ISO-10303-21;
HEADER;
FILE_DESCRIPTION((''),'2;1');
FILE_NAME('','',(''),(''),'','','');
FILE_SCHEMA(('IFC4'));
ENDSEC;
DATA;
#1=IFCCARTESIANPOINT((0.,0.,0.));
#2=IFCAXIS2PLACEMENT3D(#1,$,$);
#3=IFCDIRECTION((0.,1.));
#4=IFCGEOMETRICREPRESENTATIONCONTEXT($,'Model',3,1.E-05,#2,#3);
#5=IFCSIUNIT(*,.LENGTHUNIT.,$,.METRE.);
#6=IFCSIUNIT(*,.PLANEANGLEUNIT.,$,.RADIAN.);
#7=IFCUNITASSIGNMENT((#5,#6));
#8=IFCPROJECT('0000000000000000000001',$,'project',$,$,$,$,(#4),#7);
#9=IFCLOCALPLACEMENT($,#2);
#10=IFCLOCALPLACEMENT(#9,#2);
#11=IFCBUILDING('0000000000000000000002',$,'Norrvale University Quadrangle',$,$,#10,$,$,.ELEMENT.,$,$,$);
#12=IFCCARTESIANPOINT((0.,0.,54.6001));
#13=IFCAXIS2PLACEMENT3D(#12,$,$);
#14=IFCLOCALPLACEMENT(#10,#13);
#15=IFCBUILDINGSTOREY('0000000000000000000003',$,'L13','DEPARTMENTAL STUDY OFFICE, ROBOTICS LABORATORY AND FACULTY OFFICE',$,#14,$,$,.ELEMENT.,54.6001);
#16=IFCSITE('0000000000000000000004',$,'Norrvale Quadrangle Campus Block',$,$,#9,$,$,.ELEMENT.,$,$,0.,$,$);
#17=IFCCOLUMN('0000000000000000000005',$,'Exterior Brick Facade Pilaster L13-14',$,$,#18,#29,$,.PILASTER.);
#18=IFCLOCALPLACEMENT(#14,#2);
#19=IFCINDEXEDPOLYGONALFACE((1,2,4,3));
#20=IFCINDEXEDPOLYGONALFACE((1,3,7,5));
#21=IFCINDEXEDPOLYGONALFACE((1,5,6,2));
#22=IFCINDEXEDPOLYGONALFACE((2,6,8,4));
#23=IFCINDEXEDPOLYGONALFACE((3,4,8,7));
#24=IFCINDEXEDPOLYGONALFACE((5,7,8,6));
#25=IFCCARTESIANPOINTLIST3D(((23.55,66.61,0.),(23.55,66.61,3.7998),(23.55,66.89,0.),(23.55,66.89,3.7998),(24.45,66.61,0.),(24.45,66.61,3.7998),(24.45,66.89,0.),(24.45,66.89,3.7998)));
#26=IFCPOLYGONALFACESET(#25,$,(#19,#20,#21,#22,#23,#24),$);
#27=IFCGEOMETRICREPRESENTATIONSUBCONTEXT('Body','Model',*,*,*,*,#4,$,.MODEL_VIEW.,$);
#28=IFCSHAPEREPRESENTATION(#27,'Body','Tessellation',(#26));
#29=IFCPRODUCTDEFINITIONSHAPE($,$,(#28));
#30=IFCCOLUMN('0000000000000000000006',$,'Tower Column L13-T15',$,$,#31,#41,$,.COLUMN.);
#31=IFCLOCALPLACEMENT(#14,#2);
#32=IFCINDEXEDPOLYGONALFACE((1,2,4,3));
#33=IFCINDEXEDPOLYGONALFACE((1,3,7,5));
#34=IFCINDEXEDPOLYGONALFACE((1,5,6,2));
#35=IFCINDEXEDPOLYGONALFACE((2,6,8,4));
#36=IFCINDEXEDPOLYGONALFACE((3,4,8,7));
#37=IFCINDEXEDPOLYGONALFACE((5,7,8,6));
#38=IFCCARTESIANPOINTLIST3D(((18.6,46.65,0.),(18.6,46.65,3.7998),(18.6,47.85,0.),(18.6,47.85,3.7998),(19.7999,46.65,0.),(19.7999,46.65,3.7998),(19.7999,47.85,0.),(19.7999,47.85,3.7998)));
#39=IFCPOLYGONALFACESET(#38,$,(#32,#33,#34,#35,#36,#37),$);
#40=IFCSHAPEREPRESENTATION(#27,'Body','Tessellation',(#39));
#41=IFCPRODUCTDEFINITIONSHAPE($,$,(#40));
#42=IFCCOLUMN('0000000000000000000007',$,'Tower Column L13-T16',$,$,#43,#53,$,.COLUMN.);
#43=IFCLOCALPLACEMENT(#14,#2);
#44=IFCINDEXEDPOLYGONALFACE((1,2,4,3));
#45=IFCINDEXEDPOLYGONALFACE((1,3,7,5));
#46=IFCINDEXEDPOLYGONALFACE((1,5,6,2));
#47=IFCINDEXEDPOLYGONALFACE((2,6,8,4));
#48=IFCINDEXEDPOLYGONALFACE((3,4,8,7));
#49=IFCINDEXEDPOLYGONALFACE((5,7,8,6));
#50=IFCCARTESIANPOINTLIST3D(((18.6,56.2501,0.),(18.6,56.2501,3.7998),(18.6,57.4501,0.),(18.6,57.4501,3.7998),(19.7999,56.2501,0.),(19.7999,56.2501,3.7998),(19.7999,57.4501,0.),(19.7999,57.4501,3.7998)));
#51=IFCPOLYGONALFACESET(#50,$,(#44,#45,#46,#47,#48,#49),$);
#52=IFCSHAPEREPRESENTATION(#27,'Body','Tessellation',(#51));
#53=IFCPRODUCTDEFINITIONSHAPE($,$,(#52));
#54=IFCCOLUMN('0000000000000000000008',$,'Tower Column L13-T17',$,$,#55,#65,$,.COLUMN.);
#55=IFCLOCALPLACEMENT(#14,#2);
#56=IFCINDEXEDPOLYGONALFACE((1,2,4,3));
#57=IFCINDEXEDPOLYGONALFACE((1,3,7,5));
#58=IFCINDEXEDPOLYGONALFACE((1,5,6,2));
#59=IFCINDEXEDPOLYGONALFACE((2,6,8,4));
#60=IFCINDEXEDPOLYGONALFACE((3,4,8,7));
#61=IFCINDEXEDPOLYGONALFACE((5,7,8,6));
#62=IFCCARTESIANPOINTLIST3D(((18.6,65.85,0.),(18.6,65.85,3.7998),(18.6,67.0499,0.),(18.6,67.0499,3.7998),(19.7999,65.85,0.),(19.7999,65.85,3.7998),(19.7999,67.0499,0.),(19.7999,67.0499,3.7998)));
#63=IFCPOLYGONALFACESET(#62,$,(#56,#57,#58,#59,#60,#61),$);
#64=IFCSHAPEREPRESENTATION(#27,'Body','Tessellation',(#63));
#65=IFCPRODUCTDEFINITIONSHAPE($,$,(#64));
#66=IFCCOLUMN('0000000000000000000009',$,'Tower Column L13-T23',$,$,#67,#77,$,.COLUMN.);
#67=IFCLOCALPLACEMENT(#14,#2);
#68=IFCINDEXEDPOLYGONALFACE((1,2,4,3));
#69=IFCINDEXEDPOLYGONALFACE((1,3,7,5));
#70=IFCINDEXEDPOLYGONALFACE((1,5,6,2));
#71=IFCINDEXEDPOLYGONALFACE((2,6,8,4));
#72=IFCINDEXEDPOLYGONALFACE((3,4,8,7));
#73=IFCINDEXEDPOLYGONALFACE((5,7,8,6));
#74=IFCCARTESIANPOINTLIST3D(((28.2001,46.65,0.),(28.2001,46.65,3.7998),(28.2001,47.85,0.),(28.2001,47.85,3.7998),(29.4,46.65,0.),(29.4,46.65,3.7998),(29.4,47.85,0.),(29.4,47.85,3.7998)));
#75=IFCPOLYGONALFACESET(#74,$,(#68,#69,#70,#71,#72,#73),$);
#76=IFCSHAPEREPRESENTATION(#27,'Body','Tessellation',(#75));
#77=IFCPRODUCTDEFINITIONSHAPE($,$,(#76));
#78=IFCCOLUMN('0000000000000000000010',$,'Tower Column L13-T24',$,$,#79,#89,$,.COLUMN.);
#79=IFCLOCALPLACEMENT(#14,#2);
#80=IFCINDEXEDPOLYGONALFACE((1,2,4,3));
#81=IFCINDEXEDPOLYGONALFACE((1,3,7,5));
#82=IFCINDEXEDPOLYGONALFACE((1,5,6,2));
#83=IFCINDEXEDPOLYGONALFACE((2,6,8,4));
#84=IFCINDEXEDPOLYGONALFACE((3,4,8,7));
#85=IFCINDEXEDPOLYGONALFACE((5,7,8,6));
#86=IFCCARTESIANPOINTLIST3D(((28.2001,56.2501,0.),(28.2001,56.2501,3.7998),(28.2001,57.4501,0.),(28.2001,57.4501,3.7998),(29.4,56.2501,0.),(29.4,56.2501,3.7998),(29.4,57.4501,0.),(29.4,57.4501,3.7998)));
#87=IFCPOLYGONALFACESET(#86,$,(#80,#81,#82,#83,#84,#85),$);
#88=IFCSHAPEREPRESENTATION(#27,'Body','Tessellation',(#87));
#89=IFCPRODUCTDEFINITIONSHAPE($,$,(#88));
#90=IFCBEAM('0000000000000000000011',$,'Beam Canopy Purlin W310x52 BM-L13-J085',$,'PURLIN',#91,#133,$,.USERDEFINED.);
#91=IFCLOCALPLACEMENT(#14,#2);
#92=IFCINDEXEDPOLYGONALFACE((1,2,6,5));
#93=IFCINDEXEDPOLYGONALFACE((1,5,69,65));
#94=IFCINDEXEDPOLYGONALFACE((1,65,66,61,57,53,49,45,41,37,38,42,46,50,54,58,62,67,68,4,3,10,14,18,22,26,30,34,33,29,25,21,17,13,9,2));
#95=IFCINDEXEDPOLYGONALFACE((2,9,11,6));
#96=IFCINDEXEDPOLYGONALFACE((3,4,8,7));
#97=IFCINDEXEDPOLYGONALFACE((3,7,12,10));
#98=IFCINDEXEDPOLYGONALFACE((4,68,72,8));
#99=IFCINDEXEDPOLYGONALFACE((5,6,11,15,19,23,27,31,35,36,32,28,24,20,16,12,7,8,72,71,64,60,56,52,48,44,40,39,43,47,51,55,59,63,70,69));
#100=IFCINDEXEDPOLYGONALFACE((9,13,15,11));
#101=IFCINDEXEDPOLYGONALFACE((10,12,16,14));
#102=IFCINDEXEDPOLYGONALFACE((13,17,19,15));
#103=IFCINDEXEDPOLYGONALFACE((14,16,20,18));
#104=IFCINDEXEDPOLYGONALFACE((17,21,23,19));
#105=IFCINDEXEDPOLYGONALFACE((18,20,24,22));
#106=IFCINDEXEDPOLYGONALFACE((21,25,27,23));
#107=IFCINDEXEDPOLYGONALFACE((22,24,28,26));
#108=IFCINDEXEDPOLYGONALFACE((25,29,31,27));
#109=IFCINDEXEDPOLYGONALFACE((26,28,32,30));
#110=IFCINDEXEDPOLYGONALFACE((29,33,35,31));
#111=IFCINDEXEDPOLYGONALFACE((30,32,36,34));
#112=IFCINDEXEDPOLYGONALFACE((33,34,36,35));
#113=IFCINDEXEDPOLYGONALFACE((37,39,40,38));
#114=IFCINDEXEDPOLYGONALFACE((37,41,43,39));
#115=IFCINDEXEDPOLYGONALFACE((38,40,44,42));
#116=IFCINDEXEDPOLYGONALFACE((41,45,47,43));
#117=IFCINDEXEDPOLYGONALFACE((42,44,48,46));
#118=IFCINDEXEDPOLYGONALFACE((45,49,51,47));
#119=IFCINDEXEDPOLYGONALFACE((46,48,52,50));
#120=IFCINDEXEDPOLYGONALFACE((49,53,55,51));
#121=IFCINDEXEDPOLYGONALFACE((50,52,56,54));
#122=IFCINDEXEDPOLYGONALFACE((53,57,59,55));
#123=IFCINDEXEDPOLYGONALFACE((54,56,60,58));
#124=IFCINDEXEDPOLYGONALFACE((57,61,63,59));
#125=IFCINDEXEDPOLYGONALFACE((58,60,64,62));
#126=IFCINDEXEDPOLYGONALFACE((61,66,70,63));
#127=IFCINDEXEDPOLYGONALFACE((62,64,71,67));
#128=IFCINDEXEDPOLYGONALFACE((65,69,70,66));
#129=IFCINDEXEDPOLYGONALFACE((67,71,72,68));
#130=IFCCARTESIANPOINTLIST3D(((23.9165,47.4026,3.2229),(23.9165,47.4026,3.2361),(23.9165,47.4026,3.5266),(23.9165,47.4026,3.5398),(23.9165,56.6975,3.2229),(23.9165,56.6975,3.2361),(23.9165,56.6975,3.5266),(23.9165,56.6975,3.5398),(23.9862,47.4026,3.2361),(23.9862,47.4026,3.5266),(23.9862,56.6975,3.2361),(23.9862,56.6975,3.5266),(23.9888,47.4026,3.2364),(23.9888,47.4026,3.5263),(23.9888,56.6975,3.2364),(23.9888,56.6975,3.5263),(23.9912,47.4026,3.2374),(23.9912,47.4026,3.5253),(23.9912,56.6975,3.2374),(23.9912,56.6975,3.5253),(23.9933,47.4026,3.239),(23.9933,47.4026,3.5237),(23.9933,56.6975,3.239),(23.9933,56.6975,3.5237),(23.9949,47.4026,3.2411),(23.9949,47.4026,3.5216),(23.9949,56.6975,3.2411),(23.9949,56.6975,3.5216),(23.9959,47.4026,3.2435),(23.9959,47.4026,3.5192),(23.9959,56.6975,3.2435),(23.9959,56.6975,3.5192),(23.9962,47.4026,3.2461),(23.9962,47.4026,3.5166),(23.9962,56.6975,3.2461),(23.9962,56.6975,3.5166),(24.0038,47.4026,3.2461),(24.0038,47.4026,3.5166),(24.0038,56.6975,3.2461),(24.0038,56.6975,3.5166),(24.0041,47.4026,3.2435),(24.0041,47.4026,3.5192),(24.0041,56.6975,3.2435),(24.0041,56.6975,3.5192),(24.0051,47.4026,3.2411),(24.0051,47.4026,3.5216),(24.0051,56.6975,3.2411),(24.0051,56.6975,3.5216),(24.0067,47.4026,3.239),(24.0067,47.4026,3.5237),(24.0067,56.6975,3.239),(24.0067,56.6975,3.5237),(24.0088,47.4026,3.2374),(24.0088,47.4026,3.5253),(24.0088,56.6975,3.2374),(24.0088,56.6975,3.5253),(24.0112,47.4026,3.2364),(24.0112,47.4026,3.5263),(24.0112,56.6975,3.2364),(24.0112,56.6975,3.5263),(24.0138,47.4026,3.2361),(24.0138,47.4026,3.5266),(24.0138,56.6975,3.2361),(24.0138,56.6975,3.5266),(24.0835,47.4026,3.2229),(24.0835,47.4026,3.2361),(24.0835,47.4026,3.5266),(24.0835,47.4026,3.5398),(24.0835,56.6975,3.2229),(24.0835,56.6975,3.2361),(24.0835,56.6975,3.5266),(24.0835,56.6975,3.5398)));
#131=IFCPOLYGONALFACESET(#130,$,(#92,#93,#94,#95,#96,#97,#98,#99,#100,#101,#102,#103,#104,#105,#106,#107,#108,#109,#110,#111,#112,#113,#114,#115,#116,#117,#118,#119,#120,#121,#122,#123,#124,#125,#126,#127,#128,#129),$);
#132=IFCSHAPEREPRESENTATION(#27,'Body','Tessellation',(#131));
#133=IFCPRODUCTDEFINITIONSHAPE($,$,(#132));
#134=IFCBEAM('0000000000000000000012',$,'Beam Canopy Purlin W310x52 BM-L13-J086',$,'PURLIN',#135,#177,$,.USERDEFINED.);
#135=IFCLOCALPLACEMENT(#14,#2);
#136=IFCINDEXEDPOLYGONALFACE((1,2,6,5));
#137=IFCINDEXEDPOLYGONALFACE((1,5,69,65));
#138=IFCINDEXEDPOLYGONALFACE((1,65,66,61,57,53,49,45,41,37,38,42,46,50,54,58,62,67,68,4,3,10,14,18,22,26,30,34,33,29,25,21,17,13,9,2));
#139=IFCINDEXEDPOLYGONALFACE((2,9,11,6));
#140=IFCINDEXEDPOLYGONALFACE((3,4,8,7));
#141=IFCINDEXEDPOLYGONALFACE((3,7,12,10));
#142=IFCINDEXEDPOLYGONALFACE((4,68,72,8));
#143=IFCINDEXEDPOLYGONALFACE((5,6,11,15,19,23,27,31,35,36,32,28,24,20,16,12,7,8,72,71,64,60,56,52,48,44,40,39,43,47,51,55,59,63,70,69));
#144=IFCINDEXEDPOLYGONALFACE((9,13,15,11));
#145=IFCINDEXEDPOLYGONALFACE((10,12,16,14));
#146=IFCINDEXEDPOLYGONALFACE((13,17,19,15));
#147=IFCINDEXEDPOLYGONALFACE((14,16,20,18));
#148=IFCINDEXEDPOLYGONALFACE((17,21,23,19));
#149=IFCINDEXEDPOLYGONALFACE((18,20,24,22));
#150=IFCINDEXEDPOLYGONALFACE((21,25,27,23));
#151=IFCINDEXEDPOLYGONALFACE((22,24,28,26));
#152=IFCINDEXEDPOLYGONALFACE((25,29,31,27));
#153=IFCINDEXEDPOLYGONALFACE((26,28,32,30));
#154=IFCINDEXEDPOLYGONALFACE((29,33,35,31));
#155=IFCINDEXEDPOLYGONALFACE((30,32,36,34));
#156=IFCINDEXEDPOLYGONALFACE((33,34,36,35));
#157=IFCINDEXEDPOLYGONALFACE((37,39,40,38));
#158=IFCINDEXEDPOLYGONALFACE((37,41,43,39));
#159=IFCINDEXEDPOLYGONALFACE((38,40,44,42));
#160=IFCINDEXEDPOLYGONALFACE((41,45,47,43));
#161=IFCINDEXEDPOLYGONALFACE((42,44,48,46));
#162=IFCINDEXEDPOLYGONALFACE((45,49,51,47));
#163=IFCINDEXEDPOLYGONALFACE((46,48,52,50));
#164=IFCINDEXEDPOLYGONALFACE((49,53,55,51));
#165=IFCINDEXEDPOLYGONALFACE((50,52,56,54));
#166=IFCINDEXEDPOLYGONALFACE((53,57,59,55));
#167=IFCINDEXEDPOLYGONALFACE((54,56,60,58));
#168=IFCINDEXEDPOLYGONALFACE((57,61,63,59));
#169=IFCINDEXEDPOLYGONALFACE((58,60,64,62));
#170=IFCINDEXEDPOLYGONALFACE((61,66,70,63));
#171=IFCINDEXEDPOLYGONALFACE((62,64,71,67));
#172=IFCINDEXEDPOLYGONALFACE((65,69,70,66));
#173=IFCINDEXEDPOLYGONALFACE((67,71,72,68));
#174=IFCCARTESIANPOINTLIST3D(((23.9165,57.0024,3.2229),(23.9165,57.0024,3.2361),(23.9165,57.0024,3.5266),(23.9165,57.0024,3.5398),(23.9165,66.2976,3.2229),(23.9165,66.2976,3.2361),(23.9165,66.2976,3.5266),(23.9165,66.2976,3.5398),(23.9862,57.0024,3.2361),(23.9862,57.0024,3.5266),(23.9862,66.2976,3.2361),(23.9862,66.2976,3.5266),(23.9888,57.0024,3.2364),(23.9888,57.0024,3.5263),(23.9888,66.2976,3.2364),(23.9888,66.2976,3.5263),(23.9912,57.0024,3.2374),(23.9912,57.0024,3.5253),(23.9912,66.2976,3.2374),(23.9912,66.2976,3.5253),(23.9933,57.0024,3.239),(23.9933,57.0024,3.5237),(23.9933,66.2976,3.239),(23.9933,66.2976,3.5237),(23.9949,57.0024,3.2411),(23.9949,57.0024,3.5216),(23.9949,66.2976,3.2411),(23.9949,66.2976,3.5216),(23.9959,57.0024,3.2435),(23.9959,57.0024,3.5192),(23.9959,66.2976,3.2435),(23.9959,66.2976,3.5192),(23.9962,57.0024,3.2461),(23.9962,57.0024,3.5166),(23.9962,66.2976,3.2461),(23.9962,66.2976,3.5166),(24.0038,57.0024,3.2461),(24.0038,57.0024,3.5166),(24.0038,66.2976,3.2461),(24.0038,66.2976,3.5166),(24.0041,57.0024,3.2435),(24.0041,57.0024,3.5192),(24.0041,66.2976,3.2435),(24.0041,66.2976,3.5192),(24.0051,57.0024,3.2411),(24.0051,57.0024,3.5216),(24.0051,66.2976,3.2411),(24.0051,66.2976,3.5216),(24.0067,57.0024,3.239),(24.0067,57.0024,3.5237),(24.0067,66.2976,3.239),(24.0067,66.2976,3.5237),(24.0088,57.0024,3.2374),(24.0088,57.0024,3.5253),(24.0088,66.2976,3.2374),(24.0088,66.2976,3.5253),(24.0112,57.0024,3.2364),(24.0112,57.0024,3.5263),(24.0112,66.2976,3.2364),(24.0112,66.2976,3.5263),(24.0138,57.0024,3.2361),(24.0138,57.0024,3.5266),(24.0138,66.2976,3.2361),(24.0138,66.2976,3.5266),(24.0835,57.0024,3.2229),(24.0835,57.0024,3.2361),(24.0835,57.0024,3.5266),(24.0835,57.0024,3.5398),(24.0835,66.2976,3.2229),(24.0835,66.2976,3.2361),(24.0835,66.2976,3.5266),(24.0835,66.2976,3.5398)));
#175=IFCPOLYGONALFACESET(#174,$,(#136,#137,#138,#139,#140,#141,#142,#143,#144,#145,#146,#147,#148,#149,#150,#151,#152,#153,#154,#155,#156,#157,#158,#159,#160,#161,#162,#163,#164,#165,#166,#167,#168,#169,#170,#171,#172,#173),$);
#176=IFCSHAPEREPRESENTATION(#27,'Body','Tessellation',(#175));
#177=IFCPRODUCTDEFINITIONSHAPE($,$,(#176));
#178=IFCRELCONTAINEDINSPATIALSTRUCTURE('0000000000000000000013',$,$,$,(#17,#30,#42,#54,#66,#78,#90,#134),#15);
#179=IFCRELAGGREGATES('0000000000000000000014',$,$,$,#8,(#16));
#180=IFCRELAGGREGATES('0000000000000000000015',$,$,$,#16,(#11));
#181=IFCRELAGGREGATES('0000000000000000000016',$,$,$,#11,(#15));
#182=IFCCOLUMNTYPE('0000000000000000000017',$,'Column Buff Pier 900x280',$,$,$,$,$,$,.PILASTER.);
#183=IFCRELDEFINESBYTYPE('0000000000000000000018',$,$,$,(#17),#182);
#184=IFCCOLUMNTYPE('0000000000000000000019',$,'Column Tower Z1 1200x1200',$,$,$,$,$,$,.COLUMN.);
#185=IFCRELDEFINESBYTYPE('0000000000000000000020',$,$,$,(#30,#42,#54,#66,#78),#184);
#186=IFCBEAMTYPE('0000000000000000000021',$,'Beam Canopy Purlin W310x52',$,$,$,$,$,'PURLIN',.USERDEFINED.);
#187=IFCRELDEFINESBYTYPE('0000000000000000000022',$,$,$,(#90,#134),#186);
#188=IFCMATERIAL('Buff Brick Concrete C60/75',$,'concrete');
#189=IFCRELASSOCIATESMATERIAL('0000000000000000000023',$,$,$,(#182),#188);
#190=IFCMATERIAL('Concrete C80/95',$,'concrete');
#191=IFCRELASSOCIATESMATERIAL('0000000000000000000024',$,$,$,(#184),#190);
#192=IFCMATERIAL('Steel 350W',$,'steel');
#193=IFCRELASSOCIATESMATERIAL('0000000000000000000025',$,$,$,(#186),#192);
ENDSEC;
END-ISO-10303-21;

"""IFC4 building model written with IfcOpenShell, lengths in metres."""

from ifc_helpers import new_model, si_unit, direction, frame, origin, origin_2d, place, context, subcontext, project, spatial, rectangle, i_section, extrude, material, material_profile, profile_set, type_object, element, save


model = new_model("IFC4")

# Units and contexts
model_context = context("Model", 3, precision=1e-05, world=origin(), true_north=direction((0.0, 1.0)))
body_context = subcontext(model_context, "Body", "Model", "MODEL_VIEW")
ifc_project = project(units=[si_unit("LENGTHUNIT", "METRE"), si_unit("PLANEANGLEUNIT", "RADIAN")], contexts=[model_context])

# Site, building, storey
site_placement = place(None, origin())
site = spatial("IfcSite", under=ifc_project, at=site_placement, Name="Norrvale Quadrangle Campus Block", CompositionType="ELEMENT", RefElevation=0.0)
building_placement = place(site_placement, origin())
building = spatial("IfcBuilding", under=site, at=building_placement, Name="Norrvale University Quadrangle", CompositionType="ELEMENT")
storey_placement = place(building_placement, frame((0.0, 0.0, 54.6001)))
storey = spatial("IfcBuildingStorey", under=building, at=storey_placement, Name="L13", Description="DEPARTMENTAL STUDY OFFICE, ROBOTICS LABORATORY AND FACULTY OFFICE", CompositionType="ELEMENT", Elevation=54.6001)

# Columns
ifc_material_1 = material(Name="Buff Brick Concrete C60/75", Category="concrete")
ifc_material_profile_1 = material_profile(ifc_material_1, rectangle(XDim=0.8999, YDim=0.28, at=origin_2d()), Name="Buff Brick Concrete C60/75")
ifc_profile_set_1 = profile_set([ifc_material_profile_1], Name="Buff Brick Concrete C60/75")
column_type_1 = type_object("IfcColumnType", Name="Column Buff Pier 900x280", PredefinedType="PILASTER", material=ifc_profile_set_1)
column_placement = place(storey_placement, frame((24.0, 66.75, 0.0), z_axis=(0.0, 0.0, 1.0), x_axis=(1.0, 0.0, 0.0)))
element("IfcColumn", 1, at=column_placement, inside=storey, type_object=column_type_1, Name="Exterior Brick Facade Pilaster L13-14", PredefinedType="PILASTER", context=body_context, shape_type="SweptSolid", body=[
    extrude(rectangle(XDim=0.8999, YDim=0.28, at=origin_2d()), origin(), (0.0, 0.0, 1.0), 3.7998),
])
ifc_material_2 = material(Name="Concrete C80/95", Category="concrete")
ifc_material_profile_2 = material_profile(ifc_material_2, rectangle(XDim=1.2, YDim=1.2, at=origin_2d()), Name="Concrete C80/95")
ifc_profile_set_2 = profile_set([ifc_material_profile_2], Name="Concrete C80/95")
column_type_2 = type_object("IfcColumnType", Name="Column Tower Z1 1200x1200", PredefinedType="COLUMN", material=ifc_profile_set_2)
for number, where, z_axis, x_axis, name in (
    (2, (19.2, 47.25, 0.0), (0.0, 0.0, 1.0), (1.0, 0.0, 0.0), "Tower Column L13-T15"),
    (3, (19.2, 56.8501, 0.0), (0.0, 0.0, 1.0), (1.0, 0.0, 0.0), "Tower Column L13-T16"),
    (4, (19.2, 66.45, 0.0), (0.0, 0.0, 1.0), (1.0, 0.0, 0.0), "Tower Column L13-T17"),
    (5, (28.8, 47.25, 0.0), (0.0, 0.0, 1.0), (1.0, 0.0, 0.0), "Tower Column L13-T23"),
    (6, (28.8, 56.8501, 0.0), (0.0, 0.0, 1.0), (1.0, 0.0, 0.0), "Tower Column L13-T24"),
):
    element("IfcColumn", number, at=place(storey_placement, frame(where, z_axis=z_axis, x_axis=x_axis)), inside=storey, type_object=column_type_2, Name=name, PredefinedType="COLUMN", context=body_context, shape_type="SweptSolid", body=[
        extrude(rectangle(XDim=1.2, YDim=1.2, at=origin_2d()), origin(), (0.0, 0.0, 1.0), 3.7998),
    ])

# Beams
ifc_material_3 = material(Name="Steel 350W", Category="steel")
ifc_material_profile_3 = material_profile(ifc_material_3, i_section(OverallWidth=0.167, OverallDepth=0.3169, WebThickness=0.0076, FlangeThickness=0.0132, FilletRadius=0.01, at=origin_2d()), Name="Steel 350W")
ifc_profile_set_3 = profile_set([ifc_material_profile_3], Name="Steel 350W")
beam_type_1 = type_object("IfcBeamType", Name="Beam Canopy Purlin W310x52", ElementType="PURLIN", PredefinedType="USERDEFINED", material=ifc_profile_set_3)
beam_1_placement = place(storey_placement, frame((24.0, 47.4026, 3.3813), z_axis=(0.0, 1.0, 0.0), x_axis=(-1.0, 0.0, 0.0)))
element("IfcBeam", 7, at=beam_1_placement, inside=storey, type_object=beam_type_1, Name="Beam Canopy Purlin W310x52 BM-L13-J085", ObjectType="PURLIN", PredefinedType="USERDEFINED", context=body_context, shape_type="SweptSolid", body=[
    extrude(i_section(OverallWidth=0.167, OverallDepth=0.3169, WebThickness=0.0076, FlangeThickness=0.0132, FilletRadius=0.01, at=origin_2d()), origin(), (0.0, 0.0, 1.0), 9.2949),
])
beam_2_placement = place(storey_placement, frame((24.0, 57.0024, 3.3813), z_axis=(0.0, 1.0, 0.0), x_axis=(-1.0, 0.0, 0.0)))
element("IfcBeam", 8, at=beam_2_placement, inside=storey, type_object=beam_type_1, Name="Beam Canopy Purlin W310x52 BM-L13-J086", ObjectType="PURLIN", PredefinedType="USERDEFINED", context=body_context, shape_type="SweptSolid", body=[
    extrude(i_section(OverallWidth=0.167, OverallDepth=0.3169, WebThickness=0.0076, FlangeThickness=0.0132, FilletRadius=0.01, at=origin_2d()), origin(), (0.0, 0.0, 1.0), 9.2952),
])

save(model, "model.ifc")
